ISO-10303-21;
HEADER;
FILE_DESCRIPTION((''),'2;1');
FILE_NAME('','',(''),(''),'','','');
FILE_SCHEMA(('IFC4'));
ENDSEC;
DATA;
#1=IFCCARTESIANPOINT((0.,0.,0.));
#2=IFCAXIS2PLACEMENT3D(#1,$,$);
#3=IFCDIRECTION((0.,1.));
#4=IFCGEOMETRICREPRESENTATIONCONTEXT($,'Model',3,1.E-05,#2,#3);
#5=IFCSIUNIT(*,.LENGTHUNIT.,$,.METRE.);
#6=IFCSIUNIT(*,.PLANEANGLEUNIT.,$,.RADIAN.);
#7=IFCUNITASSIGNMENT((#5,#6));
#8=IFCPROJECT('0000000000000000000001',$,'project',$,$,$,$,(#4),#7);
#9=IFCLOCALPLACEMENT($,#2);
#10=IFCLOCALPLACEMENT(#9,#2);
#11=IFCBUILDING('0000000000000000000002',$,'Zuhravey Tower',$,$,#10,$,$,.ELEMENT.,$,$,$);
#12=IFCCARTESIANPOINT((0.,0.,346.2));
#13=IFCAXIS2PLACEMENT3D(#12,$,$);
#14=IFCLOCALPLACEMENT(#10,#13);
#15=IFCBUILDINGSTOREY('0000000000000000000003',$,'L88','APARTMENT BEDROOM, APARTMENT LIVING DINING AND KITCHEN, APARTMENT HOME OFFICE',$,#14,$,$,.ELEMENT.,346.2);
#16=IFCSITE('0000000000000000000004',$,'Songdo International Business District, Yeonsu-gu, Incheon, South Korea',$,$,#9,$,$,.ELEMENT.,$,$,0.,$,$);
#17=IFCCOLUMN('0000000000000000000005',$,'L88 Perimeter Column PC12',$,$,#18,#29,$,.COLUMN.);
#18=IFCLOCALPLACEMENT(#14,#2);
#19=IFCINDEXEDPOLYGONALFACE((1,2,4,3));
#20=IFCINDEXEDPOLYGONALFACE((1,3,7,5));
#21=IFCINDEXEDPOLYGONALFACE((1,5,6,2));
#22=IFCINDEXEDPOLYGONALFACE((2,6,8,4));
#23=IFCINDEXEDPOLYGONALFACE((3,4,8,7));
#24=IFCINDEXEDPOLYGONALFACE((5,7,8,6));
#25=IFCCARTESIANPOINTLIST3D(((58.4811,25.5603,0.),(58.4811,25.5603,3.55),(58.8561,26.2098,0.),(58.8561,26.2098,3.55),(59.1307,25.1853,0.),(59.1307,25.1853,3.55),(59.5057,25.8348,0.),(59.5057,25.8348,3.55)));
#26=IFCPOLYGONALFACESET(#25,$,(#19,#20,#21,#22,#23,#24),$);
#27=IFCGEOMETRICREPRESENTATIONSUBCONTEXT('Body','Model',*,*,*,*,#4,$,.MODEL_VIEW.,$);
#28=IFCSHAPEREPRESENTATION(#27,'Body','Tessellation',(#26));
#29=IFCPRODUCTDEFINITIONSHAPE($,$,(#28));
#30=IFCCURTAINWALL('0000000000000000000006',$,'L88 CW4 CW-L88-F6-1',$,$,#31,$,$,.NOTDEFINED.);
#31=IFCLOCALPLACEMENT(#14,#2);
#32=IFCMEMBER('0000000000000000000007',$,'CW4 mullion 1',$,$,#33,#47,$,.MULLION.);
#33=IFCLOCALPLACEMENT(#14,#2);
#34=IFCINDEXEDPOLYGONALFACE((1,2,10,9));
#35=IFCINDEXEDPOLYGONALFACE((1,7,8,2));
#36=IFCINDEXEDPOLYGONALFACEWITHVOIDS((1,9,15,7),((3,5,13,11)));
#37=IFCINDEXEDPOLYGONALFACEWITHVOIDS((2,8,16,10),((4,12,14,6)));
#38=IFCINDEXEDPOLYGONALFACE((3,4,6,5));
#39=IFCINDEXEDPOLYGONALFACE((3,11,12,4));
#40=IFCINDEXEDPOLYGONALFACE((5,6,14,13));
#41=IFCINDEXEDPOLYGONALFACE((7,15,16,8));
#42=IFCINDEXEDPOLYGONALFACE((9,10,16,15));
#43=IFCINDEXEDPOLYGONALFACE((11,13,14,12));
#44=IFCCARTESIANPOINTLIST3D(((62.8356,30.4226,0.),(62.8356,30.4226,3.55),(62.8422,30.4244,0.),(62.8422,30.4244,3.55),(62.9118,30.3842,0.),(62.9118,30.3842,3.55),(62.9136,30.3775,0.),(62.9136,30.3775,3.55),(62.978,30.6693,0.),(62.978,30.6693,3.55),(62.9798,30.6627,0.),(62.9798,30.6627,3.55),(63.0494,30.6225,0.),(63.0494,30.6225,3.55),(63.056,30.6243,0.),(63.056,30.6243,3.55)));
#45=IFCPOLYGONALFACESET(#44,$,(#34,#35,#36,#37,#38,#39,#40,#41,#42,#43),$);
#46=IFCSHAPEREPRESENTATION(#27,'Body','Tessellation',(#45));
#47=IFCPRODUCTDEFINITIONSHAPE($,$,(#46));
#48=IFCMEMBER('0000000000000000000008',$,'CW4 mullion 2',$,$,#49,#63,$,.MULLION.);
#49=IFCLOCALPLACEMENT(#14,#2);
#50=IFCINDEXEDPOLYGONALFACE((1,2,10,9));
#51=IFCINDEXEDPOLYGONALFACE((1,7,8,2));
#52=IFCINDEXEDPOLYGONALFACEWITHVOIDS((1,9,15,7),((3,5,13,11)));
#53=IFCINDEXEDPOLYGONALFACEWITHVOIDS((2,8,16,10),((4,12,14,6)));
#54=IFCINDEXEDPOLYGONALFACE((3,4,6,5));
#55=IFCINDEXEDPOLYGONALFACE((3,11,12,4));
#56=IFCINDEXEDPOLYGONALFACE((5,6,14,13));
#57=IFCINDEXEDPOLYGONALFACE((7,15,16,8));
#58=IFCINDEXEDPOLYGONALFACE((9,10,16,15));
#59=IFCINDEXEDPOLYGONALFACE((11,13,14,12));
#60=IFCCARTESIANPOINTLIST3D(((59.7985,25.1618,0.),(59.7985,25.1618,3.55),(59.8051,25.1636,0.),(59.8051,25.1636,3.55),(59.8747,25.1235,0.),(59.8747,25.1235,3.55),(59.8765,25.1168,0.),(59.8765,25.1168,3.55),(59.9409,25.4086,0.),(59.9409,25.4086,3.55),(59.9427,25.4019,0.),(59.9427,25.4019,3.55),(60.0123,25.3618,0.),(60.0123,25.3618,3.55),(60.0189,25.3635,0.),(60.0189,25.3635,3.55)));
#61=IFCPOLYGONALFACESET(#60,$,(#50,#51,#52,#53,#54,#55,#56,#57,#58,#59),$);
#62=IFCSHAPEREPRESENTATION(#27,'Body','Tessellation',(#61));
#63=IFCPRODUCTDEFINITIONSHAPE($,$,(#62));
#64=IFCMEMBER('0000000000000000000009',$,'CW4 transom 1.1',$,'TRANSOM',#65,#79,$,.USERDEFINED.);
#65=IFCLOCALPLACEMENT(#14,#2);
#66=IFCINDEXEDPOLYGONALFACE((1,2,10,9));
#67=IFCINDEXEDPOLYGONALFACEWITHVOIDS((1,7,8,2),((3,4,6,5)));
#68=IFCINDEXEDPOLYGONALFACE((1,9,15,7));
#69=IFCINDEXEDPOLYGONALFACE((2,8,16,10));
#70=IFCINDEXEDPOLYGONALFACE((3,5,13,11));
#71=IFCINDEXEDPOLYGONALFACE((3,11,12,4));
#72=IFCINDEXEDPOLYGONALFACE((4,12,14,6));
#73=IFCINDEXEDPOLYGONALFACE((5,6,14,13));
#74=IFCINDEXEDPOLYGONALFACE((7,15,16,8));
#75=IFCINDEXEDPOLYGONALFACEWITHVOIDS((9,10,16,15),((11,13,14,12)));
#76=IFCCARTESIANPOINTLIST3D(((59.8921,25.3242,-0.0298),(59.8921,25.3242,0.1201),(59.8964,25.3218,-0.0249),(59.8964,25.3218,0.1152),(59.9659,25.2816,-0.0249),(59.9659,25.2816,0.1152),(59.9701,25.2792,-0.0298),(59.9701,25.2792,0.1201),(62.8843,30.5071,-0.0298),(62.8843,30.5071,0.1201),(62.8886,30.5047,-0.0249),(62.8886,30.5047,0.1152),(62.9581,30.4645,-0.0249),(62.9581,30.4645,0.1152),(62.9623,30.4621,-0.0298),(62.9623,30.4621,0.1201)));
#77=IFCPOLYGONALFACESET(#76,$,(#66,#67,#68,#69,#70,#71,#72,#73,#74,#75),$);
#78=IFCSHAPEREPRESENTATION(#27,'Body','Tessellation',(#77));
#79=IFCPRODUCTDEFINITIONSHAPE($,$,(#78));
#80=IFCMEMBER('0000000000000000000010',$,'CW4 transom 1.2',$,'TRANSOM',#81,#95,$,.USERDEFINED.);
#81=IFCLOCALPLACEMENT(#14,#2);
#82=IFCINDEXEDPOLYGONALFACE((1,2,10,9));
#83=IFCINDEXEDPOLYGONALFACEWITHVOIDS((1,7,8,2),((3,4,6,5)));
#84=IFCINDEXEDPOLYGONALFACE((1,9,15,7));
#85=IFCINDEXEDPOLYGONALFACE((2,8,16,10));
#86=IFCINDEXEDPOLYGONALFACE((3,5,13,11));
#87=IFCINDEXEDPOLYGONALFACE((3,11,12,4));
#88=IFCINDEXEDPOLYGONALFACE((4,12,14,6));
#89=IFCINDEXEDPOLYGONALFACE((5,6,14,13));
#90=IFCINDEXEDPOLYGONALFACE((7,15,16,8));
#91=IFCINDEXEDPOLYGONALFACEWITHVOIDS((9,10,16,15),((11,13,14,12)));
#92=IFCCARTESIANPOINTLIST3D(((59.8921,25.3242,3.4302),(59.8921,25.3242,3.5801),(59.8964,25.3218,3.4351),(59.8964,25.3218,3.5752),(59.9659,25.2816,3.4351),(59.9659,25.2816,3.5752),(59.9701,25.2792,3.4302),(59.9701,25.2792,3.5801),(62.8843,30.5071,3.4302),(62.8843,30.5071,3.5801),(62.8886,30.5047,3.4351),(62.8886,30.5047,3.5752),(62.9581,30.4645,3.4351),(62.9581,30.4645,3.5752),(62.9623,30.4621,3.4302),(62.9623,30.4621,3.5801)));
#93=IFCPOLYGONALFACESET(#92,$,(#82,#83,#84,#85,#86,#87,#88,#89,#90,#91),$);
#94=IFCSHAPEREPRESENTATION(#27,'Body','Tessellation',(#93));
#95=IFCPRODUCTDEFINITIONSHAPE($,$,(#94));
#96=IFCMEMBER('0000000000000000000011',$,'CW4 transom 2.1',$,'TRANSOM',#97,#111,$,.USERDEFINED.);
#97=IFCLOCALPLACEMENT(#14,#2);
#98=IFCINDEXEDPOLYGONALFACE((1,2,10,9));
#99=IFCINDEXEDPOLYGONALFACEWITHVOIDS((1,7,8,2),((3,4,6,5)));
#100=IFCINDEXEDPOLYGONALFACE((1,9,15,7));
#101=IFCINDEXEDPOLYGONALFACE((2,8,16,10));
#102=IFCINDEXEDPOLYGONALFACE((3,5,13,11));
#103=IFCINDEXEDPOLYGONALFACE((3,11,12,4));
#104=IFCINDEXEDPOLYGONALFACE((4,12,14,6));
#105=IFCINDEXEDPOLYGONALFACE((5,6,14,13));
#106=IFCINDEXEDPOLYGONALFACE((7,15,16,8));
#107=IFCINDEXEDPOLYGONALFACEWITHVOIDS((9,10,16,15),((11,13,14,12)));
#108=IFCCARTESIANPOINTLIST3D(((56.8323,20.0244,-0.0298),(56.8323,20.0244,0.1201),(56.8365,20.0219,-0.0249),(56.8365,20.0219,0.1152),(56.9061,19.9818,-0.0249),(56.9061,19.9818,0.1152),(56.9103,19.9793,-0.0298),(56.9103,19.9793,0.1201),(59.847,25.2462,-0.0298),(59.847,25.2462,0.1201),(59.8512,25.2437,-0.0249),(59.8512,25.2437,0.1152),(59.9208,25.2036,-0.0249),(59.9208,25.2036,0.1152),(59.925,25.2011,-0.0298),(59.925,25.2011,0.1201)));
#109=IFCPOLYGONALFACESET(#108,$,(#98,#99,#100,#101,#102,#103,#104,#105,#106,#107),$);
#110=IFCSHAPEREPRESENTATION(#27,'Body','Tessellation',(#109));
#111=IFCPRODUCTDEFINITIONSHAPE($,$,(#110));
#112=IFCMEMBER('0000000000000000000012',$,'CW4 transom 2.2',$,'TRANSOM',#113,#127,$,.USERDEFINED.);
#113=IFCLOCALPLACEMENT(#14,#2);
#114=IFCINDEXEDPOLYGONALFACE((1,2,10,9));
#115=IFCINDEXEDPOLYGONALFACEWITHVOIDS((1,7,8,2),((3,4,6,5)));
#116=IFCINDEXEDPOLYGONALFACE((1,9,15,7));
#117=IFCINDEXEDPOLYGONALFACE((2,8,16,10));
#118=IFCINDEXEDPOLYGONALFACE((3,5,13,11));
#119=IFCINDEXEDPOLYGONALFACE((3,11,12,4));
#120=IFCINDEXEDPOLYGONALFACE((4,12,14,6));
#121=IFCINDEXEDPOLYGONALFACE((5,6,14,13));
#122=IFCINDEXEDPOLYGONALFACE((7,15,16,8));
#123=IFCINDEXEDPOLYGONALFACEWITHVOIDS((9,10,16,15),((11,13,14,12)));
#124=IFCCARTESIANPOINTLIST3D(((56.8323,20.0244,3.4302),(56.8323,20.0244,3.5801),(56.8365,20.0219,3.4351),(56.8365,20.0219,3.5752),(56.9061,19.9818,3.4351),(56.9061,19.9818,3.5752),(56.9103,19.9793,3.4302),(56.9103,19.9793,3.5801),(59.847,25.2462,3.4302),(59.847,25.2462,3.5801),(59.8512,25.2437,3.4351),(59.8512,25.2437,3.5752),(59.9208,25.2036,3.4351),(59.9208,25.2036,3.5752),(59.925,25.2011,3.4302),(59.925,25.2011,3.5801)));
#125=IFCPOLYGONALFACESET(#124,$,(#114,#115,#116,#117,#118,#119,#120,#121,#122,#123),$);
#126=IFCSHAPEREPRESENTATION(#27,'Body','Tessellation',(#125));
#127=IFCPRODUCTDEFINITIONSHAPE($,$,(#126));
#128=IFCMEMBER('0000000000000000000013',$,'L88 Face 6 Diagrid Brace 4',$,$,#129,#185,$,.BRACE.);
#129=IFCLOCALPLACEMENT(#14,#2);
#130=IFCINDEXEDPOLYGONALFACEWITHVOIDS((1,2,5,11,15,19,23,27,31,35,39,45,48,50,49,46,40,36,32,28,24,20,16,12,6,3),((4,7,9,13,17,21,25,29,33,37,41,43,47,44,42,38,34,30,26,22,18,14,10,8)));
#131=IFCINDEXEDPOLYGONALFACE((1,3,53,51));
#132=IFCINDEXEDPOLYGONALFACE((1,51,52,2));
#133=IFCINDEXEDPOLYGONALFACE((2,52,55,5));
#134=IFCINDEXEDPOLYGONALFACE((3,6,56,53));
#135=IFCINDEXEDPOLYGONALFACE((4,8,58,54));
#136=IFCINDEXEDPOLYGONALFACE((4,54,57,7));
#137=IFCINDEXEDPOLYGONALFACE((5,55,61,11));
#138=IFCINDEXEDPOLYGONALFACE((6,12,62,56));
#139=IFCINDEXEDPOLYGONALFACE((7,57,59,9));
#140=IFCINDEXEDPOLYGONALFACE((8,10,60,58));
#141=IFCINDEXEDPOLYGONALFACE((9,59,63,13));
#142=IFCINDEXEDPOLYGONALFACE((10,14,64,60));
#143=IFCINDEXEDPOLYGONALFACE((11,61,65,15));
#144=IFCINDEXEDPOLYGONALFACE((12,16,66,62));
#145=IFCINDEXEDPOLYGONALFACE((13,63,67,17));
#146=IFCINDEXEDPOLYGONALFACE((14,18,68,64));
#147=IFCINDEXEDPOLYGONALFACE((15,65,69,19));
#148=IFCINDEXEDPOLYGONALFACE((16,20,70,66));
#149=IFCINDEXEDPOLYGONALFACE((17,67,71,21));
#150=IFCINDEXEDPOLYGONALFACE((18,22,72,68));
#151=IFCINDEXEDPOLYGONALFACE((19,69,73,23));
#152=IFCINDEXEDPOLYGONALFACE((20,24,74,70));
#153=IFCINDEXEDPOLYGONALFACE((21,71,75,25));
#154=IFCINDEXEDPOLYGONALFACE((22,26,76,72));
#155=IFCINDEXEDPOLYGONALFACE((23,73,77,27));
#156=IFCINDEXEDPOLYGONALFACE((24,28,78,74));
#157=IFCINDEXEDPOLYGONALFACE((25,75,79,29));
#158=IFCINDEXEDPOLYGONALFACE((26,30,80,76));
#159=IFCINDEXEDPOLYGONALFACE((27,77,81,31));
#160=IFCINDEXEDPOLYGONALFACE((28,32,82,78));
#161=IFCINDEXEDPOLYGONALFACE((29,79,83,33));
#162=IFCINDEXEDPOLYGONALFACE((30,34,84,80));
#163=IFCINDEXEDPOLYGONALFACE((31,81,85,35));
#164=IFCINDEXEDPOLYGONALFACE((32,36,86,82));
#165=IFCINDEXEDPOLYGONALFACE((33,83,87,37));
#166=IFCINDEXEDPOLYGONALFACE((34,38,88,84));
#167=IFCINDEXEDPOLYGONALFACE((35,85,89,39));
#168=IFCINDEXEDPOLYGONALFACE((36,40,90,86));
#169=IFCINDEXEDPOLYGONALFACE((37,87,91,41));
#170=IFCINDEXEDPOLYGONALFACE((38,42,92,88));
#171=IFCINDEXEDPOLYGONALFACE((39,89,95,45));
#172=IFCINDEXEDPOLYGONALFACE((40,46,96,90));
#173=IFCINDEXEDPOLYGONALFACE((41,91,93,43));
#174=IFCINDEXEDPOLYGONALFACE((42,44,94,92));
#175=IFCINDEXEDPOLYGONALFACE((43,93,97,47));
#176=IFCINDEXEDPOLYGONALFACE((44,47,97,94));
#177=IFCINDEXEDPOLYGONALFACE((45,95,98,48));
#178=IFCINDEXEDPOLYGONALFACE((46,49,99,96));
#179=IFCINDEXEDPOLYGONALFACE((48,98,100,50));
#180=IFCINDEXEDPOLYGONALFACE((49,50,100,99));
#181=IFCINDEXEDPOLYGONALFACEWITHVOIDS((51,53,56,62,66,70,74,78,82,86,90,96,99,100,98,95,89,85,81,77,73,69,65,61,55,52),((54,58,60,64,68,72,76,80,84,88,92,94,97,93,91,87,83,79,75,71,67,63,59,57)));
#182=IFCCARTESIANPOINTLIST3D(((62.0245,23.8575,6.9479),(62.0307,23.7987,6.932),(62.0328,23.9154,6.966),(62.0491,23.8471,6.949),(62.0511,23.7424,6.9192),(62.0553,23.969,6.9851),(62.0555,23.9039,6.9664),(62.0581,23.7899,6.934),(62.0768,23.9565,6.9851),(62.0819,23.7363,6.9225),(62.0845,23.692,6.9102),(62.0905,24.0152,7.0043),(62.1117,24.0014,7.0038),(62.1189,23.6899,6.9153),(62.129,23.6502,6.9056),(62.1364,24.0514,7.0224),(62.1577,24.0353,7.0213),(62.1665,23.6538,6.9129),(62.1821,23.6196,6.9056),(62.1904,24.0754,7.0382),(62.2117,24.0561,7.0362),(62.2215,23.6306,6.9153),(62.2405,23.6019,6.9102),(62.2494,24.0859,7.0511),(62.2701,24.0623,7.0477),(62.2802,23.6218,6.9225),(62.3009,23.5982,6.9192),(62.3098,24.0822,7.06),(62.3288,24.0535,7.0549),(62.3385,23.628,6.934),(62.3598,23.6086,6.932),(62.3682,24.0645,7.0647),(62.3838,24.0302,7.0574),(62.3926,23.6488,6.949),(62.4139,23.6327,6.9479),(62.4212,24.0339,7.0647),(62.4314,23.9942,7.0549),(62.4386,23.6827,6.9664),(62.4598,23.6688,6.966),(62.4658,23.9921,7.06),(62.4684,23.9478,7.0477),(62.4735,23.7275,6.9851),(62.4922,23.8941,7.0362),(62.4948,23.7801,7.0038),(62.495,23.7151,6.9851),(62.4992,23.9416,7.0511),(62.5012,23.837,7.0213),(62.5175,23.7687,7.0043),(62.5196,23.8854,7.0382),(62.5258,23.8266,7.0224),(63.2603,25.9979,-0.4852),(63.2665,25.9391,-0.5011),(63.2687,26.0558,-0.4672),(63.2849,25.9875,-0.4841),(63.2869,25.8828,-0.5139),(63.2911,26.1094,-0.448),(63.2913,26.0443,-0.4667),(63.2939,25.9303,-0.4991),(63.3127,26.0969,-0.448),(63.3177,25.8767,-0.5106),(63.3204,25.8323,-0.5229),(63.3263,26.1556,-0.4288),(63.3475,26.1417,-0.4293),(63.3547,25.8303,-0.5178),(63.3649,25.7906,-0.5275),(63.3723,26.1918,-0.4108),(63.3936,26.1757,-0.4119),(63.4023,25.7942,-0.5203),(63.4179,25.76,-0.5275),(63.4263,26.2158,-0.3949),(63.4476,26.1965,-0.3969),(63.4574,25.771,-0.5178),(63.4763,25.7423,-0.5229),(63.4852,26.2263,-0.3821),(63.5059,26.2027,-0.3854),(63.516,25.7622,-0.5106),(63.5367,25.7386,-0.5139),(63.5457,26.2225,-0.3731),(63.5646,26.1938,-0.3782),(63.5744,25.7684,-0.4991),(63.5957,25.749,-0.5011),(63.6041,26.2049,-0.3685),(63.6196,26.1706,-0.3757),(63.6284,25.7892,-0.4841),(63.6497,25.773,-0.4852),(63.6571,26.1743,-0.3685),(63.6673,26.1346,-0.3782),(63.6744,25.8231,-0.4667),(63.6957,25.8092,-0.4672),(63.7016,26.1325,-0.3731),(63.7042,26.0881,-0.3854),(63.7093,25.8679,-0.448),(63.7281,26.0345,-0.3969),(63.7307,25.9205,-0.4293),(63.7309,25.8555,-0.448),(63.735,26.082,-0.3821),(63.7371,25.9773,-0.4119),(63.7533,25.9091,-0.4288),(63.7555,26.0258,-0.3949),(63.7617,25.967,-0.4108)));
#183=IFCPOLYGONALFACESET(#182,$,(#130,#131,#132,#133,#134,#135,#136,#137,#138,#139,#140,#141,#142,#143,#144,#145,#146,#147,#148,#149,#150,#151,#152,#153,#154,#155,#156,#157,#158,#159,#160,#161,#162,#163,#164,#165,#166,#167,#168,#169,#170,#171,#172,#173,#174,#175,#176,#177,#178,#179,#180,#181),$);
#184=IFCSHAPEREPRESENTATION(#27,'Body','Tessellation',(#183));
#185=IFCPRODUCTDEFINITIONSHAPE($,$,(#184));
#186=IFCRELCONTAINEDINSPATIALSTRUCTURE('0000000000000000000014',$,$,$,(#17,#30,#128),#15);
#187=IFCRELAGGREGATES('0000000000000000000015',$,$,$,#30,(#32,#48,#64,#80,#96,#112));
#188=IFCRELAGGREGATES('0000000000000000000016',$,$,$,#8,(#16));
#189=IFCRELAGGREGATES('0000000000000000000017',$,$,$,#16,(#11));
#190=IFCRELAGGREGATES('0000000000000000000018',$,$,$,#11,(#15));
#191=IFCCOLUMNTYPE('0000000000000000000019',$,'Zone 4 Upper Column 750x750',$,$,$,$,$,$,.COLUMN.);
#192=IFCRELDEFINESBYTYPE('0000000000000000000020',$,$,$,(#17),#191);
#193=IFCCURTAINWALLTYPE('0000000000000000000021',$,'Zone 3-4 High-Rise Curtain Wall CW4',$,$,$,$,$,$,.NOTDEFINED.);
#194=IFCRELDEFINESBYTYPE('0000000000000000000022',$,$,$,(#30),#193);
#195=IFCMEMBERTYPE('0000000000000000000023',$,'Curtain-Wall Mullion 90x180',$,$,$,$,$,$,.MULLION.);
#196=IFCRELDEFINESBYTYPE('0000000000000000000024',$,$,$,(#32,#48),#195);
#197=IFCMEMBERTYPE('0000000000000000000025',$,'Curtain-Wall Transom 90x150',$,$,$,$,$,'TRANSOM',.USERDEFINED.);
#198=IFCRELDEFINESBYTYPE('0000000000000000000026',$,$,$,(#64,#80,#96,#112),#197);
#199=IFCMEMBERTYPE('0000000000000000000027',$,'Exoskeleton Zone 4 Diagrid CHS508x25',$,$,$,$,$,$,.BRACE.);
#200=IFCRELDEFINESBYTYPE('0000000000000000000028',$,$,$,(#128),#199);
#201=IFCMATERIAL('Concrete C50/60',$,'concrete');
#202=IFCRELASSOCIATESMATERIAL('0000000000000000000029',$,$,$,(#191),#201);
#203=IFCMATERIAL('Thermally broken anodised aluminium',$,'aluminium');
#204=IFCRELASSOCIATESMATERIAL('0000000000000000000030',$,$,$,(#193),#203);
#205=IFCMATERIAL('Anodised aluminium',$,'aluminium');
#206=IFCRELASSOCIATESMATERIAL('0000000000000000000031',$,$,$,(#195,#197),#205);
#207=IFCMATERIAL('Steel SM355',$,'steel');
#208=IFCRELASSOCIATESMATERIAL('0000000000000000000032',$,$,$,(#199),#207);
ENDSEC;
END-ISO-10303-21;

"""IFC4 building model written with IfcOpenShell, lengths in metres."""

from ifc_helpers import new_model, si_unit, direction, frame, origin, origin_2d, place, context, subcontext, project, spatial, rectangle, hollow_rectangle, hollow_circle, extrude, material, material_profile, profile_set, type_object, element, aggregate, save


model = new_model("IFC4")

# Units and contexts
model_context = context("Model", 3, precision=1e-05, world=origin(), true_north=direction((0.0, 1.0)))
body_context = subcontext(model_context, "Body", "Model", "MODEL_VIEW")
ifc_project = project(units=[si_unit("LENGTHUNIT", "METRE"), si_unit("PLANEANGLEUNIT", "RADIAN")], contexts=[model_context])

# Site, building, storey
site_placement = place(None, origin())
site = spatial("IfcSite", under=ifc_project, at=site_placement, Name="Songdo International Business District, Yeonsu-gu, Incheon, South Korea", CompositionType="ELEMENT", RefElevation=0.0)
building_placement = place(site_placement, origin())
building = spatial("IfcBuilding", under=site, at=building_placement, Name="Zuhravey Tower", CompositionType="ELEMENT")
storey_placement = place(building_placement, frame((0.0, 0.0, 346.2)))
storey = spatial("IfcBuildingStorey", under=building, at=storey_placement, Name="L88", Description="APARTMENT BEDROOM, APARTMENT LIVING DINING AND KITCHEN, APARTMENT HOME OFFICE", CompositionType="ELEMENT", Elevation=346.2)

# Column
ifc_material_1 = material(Name="Concrete C50/60", Category="concrete")
ifc_material_profile_1 = material_profile(ifc_material_1, rectangle(XDim=0.75, YDim=0.75, at=origin_2d()), Name="RC-750x750")
ifc_profile_set_1 = profile_set([ifc_material_profile_1], Name="Concrete C50/60")
column_type = type_object("IfcColumnType", Name="Zone 4 Upper Column 750x750", PredefinedType="COLUMN", material=ifc_profile_set_1)
column_placement = place(storey_placement, frame((58.9934, 25.6975, 0.0), z_axis=(0.0, 0.0, 1.0), x_axis=(0.5, 0.866025, 0.0)))
element("IfcColumn", 1, at=column_placement, inside=storey, type_object=column_type, Name="L88 Perimeter Column PC12", PredefinedType="COLUMN", context=body_context, shape_type="SweptSolid", body=[
    extrude(rectangle(XDim=0.75, YDim=0.75, at=origin_2d()), origin(), (0.0, 0.0, 1.0), 3.55),
])

# Curtain wall, members
ifc_material_2 = material(Name="Thermally broken anodised aluminium", Category="aluminium")
curtain_wall_type = type_object("IfcCurtainWallType", Name="Zone 3-4 High-Rise Curtain Wall CW4", PredefinedType="NOTDEFINED", material=ifc_material_2)
curtain_wall_placement = place(storey_placement, origin())
curtain_wall = element("IfcCurtainWall", 2, at=curtain_wall_placement, inside=storey, type_object=curtain_wall_type, Name="L88 CW4 CW-L88-F6-1", PredefinedType="NOTDEFINED")
ifc_material_3 = material(Name="Anodised aluminium", Category="aluminium")
ifc_material_profile_2 = material_profile(ifc_material_3, hollow_rectangle(XDim=0.0901, YDim=0.2849, WallThickness=0.0049, at=origin_2d()), Name="ALU-RHS-90x285x5")
ifc_profile_set_2 = profile_set([ifc_material_profile_2], Name="Anodised aluminium")
member_type_1 = type_object("IfcMemberType", Name="Curtain-Wall Mullion 90x180", PredefinedType="MULLION", material=ifc_profile_set_2)
member_1_placement = place(storey_placement, frame((62.9458, 30.5234, 0.0), z_axis=(0.0, 0.0, 1.0), x_axis=(0.866026, -0.5, 0.0)))
member_1 = element("IfcMember", 3, at=member_1_placement, type_object=member_type_1, Name="CW4 mullion 1", PredefinedType="MULLION", context=body_context, shape_type="SweptSolid", body=[
    extrude(hollow_rectangle(XDim=0.0901, YDim=0.2849, WallThickness=0.0049, at=origin_2d()), origin(), (0.0, 0.0, 1.0), 3.55),
])
member_2_placement = place(storey_placement, frame((59.9087, 25.2627, 0.0), z_axis=(0.0, 0.0, 1.0), x_axis=(0.866026, -0.5, 0.0)))
member_2 = element("IfcMember", 4, at=member_2_placement, type_object=member_type_1, Name="CW4 mullion 2", PredefinedType="MULLION", context=body_context, shape_type="SweptSolid", body=[
    extrude(hollow_rectangle(XDim=0.0901, YDim=0.2849, WallThickness=0.0049, at=origin_2d()), origin(), (0.0, 0.0, 1.0), 3.55),
])
ifc_material_profile_3 = material_profile(ifc_material_3, hollow_rectangle(XDim=0.0901, YDim=0.1499, WallThickness=0.0049, at=origin_2d()), Name="ALU-RHS-90x150x5")
ifc_profile_set_3 = profile_set([ifc_material_profile_3], Name="Anodised aluminium")
member_type_2 = type_object("IfcMemberType", Name="Curtain-Wall Transom 90x150", ElementType="TRANSOM", PredefinedType="USERDEFINED", material=ifc_profile_set_3)
member_3_placement = place(storey_placement, frame((62.9233, 30.4846, 0.0452), z_axis=(-0.499983, -0.866035, 0.0), x_axis=(0.866035, -0.499983, 0.0)))
member_3 = element("IfcMember", 5, at=member_3_placement, type_object=member_type_2, Name="CW4 transom 1.1", ObjectType="TRANSOM", PredefinedType="USERDEFINED", context=body_context, shape_type="SweptSolid", body=[
    extrude(hollow_rectangle(XDim=0.0901, YDim=0.1499, WallThickness=0.0049, at=origin_2d()), origin(), (0.0, 0.0, 1.0), 5.9846),
])
member_4_placement = place(storey_placement, frame((62.9233, 30.4846, 3.5051), z_axis=(-0.499983, -0.866035, 0.0), x_axis=(0.866035, -0.499983, 0.0)))
member_4 = element("IfcMember", 6, at=member_4_placement, type_object=member_type_2, Name="CW4 transom 1.2", ObjectType="TRANSOM", PredefinedType="USERDEFINED", context=body_context, shape_type="SweptSolid", body=[
    extrude(hollow_rectangle(XDim=0.0901, YDim=0.1499, WallThickness=0.0049, at=origin_2d()), origin(), (0.0, 0.0, 1.0), 5.9846),
])
member_5_placement = place(storey_placement, frame((59.886, 25.2236, 0.0452), z_axis=(-0.499989, -0.866032, 0.0), x_axis=(0.866032, -0.499989, 0.0)))
member_5 = element("IfcMember", 7, at=member_5_placement, type_object=member_type_2, Name="CW4 transom 2.1", ObjectType="TRANSOM", PredefinedType="USERDEFINED", context=body_context, shape_type="SweptSolid", body=[
    extrude(hollow_rectangle(XDim=0.0901, YDim=0.1499, WallThickness=0.0049, at=origin_2d()), origin(), (0.0, 0.0, 1.0), 6.0295),
])
member_6_placement = place(storey_placement, frame((59.886, 25.2236, 3.5051), z_axis=(-0.499989, -0.866032, 0.0), x_axis=(0.866032, -0.499989, 0.0)))
member_6 = element("IfcMember", 8, at=member_6_placement, type_object=member_type_2, Name="CW4 transom 2.2", ObjectType="TRANSOM", PredefinedType="USERDEFINED", context=body_context, shape_type="SweptSolid", body=[
    extrude(hollow_rectangle(XDim=0.0901, YDim=0.1499, WallThickness=0.0049, at=origin_2d()), origin(), (0.0, 0.0, 1.0), 6.0295),
])

# Member
ifc_material_4 = material(Name="Steel SM355", Category="steel")
ifc_material_profile_4 = material_profile(ifc_material_4, hollow_circle(Radius=0.2539, WallThickness=0.0249, at=origin_2d()), Name="CHS-508.0x25")
ifc_profile_set_4 = profile_set([ifc_material_profile_4], Name="Steel SM355")
member_type_3 = type_object("IfcMemberType", Name="Exoskeleton Zone 4 Diagrid CHS508x25", PredefinedType="BRACE", material=ifc_profile_set_4)
member_7_placement = place(storey_placement, frame((63.511, 25.9824, -0.448), z_axis=(-0.157769, -0.273244, 0.948919), x_axis=(0.86601, -0.500027, 0.0)))
element("IfcMember", 9, at=member_7_placement, inside=storey, type_object=member_type_3, Name="L88 Face 6 Diagrid Brace 4", PredefinedType="BRACE", context=body_context, shape_type="SweptSolid", body=[
    extrude(hollow_circle(Radius=0.2539, WallThickness=0.0249, at=origin_2d()), origin(), (0.0, 0.0, 1.0), 7.8333),
])

aggregate(curtain_wall, [member_1, member_2, member_3, member_4, member_5, member_6])

save(model, "model.ifc")
